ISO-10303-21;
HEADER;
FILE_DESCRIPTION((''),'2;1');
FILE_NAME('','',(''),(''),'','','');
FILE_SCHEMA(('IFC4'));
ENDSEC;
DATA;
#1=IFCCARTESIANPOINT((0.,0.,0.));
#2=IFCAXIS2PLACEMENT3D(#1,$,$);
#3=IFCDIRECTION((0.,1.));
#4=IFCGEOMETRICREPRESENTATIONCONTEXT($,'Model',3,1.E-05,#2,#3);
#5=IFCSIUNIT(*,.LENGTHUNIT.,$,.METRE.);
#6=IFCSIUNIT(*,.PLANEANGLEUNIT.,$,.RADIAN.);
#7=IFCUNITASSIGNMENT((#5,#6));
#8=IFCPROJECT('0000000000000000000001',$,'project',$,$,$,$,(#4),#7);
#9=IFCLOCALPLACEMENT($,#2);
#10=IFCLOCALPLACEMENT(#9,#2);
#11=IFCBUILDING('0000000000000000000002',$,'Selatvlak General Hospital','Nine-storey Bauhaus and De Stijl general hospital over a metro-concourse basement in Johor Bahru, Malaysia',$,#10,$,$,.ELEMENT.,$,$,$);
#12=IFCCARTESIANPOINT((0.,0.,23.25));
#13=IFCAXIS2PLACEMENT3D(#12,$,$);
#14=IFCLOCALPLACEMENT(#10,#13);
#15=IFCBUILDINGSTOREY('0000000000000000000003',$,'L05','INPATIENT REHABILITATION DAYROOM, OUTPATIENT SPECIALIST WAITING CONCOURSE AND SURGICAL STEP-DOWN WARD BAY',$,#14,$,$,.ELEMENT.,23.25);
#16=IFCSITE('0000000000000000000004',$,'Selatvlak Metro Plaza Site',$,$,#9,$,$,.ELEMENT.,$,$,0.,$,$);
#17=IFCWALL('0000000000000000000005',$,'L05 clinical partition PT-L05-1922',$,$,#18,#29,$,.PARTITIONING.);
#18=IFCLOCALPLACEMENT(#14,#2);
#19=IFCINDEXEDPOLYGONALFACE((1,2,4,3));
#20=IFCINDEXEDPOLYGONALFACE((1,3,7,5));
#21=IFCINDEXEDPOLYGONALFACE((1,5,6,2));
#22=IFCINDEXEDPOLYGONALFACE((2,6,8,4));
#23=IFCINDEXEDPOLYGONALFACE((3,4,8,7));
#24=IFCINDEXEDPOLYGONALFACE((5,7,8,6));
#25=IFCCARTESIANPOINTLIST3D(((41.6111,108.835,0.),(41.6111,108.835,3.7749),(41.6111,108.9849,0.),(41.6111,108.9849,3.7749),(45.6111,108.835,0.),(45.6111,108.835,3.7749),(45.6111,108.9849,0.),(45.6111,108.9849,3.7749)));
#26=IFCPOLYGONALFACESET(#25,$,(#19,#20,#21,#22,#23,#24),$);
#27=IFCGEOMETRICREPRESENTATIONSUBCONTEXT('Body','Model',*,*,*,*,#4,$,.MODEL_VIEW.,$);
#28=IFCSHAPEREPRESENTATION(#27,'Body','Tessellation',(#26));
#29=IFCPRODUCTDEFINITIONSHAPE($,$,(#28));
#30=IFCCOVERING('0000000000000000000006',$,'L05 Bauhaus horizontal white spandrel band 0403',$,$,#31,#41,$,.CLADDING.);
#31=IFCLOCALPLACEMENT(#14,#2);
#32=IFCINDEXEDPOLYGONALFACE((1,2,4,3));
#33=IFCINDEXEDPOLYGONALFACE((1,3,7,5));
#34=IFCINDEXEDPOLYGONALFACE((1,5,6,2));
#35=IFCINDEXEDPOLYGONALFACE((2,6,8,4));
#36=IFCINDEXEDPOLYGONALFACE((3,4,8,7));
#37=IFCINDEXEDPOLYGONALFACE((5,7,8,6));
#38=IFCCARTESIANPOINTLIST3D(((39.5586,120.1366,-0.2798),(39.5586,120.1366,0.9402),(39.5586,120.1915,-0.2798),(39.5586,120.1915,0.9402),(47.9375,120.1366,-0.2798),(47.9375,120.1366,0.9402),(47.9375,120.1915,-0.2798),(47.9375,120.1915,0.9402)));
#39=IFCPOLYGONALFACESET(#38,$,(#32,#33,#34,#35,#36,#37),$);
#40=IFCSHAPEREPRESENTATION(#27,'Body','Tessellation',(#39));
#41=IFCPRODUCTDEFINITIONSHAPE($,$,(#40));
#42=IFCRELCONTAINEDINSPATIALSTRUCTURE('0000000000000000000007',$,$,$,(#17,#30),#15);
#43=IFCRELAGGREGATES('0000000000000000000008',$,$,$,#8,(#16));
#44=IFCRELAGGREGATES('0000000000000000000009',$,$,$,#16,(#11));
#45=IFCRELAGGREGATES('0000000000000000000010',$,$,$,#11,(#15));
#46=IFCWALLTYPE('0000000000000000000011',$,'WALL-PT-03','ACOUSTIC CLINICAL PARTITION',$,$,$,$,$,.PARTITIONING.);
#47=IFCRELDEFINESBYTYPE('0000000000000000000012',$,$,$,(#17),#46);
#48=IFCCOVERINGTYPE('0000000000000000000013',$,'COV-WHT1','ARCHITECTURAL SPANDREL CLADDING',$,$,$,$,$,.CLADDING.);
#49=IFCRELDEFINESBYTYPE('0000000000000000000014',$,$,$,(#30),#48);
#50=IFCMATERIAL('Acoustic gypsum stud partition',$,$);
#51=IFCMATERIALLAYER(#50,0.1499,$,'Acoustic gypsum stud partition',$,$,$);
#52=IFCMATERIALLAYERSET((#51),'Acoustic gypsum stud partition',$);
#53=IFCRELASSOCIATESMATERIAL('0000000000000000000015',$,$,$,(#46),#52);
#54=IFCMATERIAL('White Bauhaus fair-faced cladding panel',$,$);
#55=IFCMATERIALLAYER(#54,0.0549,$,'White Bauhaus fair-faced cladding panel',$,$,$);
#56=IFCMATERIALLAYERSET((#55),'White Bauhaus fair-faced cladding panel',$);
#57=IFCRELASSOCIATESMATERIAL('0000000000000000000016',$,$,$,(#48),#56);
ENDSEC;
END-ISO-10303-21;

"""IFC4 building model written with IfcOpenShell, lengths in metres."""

from ifc_helpers import new_model, si_unit, direction, frame, frame_2d, origin, origin_2d, place, context, subcontext, project, spatial, rectangle, extrude, material, layer, layer_set, type_object, element, save


model = new_model("IFC4")

# Units and contexts
model_context = context("Model", 3, precision=1e-05, world=origin(), true_north=direction((0.0, 1.0)))
body_context = subcontext(model_context, "Body", "Model", "MODEL_VIEW")
ifc_project = project(units=[si_unit("LENGTHUNIT", "METRE"), si_unit("PLANEANGLEUNIT", "RADIAN")], contexts=[model_context])

# Site, building, storey
site_placement = place(None, origin())
site = spatial("IfcSite", under=ifc_project, at=site_placement, Name="Selatvlak Metro Plaza Site", CompositionType="ELEMENT", RefElevation=0.0)
building_placement = place(site_placement, origin())
building = spatial("IfcBuilding", under=site, at=building_placement, Name="Selatvlak General Hospital", Description="Nine-storey Bauhaus and De Stijl general hospital over a metro-concourse basement in Johor Bahru, Malaysia", CompositionType="ELEMENT")
storey_placement = place(building_placement, frame((0.0, 0.0, 23.25)))
storey = spatial("IfcBuildingStorey", under=building, at=storey_placement, Name="L05", Description="INPATIENT REHABILITATION DAYROOM, OUTPATIENT SPECIALIST WAITING CONCOURSE AND SURGICAL STEP-DOWN WARD BAY", CompositionType="ELEMENT", Elevation=23.25)

# Shared definitions
ifc_material_1 = material(Name="Acoustic gypsum stud partition")

# Wall
ifc_layer_1 = layer(ifc_material_1, 0.1499, Name="Acoustic gypsum stud partition")
ifc_layer_set_1 = layer_set([ifc_layer_1], Name="Acoustic gypsum stud partition")
wall_type_1 = type_object("IfcWallType", Name="WALL-PT-03", Description="ACOUSTIC CLINICAL PARTITION", PredefinedType="PARTITIONING", material=ifc_layer_set_1)
wall_1_placement = place(storey_placement, frame((45.6111, 108.9099, 0.0), z_axis=(0.0, 0.0, 1.0), x_axis=(-1.0, 0.0, 0.0)))
element("IfcWall", 1, at=wall_1_placement, inside=storey, type_object=wall_type_1, Name="L05 clinical partition PT-L05-1922", PredefinedType="PARTITIONING", context=body_context, shape_type="SweptSolid", body=[
    extrude(rectangle(XDim=4.0, YDim=0.1499, at=frame_2d((2.0, 0.0))), origin(), (0.0, 0.0, 1.0), 3.7749),
])

# Covering
ifc_material_2 = material(Name="White Bauhaus fair-faced cladding panel")
ifc_layer_2 = layer(ifc_material_2, 0.0549, Name="White Bauhaus fair-faced cladding panel")
ifc_layer_set_2 = layer_set([ifc_layer_2], Name="White Bauhaus fair-faced cladding panel")
covering_type = type_object("IfcCoveringType", Name="COV-WHT1", Description="ARCHITECTURAL SPANDREL CLADDING", PredefinedType="CLADDING", material=ifc_layer_set_2)
covering_placement = place(storey_placement, frame((43.748, 120.1641, -0.2798), z_axis=(0.0, 0.0, 1.0), x_axis=(1.0, 0.0, 0.0)))
element("IfcCovering", 2, at=covering_placement, inside=storey, type_object=covering_type, Name="L05 Bauhaus horizontal white spandrel band 0403", PredefinedType="CLADDING", context=body_context, shape_type="SweptSolid", body=[
    extrude(rectangle(XDim=8.3789, YDim=0.0549, at=origin_2d()), origin(), (0.0, 0.0, 1.0), 1.22),
])

save(model, "model.ifc")
